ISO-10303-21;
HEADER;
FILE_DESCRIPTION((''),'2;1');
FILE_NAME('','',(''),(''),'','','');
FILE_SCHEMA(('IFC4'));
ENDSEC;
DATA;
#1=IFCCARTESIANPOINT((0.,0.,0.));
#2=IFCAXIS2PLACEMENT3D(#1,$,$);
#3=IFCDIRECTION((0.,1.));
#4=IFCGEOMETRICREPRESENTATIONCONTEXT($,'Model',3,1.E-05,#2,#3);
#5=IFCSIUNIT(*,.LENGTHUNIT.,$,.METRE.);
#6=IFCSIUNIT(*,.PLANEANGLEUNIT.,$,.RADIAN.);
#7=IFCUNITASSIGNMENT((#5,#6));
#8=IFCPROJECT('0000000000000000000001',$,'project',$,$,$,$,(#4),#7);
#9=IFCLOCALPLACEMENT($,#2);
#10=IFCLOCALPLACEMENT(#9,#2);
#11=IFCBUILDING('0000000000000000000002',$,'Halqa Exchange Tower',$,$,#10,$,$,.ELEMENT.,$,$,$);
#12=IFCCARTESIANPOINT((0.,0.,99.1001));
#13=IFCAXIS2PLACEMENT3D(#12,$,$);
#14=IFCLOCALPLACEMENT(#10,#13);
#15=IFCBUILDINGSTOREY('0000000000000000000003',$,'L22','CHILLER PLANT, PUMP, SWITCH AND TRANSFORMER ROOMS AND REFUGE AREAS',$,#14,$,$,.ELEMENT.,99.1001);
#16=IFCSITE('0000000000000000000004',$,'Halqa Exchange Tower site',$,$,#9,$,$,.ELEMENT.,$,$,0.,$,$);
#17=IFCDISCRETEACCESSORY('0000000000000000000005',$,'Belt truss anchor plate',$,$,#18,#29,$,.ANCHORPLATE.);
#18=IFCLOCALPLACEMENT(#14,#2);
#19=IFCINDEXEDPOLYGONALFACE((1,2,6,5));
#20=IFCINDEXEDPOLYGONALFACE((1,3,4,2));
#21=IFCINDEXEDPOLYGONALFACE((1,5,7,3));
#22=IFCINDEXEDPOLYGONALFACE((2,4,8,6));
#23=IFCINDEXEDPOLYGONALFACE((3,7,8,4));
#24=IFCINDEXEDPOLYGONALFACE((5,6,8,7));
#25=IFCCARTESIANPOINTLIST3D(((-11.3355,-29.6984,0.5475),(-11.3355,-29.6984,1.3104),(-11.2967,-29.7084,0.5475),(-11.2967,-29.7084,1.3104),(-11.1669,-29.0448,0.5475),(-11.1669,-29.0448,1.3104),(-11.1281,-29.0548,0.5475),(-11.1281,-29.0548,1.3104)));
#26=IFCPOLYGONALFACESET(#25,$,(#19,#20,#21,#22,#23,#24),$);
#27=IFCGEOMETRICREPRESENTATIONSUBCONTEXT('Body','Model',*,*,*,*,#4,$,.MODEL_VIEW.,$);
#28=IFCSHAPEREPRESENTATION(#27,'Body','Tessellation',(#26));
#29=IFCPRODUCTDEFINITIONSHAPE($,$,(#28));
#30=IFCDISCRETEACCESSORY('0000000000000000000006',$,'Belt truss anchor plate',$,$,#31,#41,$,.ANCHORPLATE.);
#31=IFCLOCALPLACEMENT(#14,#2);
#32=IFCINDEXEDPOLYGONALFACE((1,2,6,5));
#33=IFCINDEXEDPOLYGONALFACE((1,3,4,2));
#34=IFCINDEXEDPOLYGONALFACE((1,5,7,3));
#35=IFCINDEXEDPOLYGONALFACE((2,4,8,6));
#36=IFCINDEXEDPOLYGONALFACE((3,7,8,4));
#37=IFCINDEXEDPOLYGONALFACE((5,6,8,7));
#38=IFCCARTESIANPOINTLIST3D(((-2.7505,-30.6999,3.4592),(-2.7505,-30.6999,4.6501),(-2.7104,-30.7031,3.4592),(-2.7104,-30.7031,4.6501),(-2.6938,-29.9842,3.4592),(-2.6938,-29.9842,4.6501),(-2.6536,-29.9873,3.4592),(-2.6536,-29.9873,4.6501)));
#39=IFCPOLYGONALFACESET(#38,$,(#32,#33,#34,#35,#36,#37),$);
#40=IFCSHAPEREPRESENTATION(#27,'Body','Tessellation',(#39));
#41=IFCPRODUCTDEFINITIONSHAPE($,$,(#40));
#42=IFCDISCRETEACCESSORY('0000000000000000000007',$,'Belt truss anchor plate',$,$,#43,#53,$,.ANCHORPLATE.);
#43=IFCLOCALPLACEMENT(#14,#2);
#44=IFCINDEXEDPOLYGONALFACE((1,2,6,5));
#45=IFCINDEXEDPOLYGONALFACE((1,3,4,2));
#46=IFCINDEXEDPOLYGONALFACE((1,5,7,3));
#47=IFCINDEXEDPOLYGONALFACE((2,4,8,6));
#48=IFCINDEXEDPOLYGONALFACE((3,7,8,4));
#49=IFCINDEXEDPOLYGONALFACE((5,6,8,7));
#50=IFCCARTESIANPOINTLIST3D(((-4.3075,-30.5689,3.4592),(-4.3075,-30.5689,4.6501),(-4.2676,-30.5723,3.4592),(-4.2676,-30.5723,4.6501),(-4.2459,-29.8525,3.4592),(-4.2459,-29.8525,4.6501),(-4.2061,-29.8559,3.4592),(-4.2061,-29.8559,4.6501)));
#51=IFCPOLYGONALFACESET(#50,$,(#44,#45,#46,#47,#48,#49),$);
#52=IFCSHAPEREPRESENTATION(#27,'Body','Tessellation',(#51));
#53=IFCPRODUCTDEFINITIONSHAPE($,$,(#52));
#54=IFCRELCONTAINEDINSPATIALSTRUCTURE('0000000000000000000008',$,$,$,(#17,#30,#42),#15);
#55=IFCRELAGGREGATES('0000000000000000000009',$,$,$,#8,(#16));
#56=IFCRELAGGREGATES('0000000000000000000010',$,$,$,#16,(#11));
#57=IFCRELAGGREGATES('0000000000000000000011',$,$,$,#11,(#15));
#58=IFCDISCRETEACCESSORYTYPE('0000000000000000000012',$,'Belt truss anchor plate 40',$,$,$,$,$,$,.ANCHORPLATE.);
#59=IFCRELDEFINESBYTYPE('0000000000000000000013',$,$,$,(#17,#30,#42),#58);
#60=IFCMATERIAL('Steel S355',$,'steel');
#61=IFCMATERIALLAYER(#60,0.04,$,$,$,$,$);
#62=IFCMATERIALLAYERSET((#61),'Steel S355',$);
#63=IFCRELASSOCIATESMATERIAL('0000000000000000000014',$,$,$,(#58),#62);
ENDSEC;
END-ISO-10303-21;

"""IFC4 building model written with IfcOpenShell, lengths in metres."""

from ifc_helpers import new_model, si_unit, direction, frame, origin, origin_2d, place, context, subcontext, project, spatial, rectangle, extrude, material, layer, layer_set, type_object, element, save


model = new_model("IFC4")

# Units and contexts
model_context = context("Model", 3, precision=1e-05, world=origin(), true_north=direction((0.0, 1.0)))
body_context = subcontext(model_context, "Body", "Model", "MODEL_VIEW")
ifc_project = project(units=[si_unit("LENGTHUNIT", "METRE"), si_unit("PLANEANGLEUNIT", "RADIAN")], contexts=[model_context])

# Site, building, storey
site_placement = place(None, origin())
site = spatial("IfcSite", under=ifc_project, at=site_placement, Name="Halqa Exchange Tower site", CompositionType="ELEMENT", RefElevation=0.0)
building_placement = place(site_placement, origin())
building = spatial("IfcBuilding", under=site, at=building_placement, Name="Halqa Exchange Tower", CompositionType="ELEMENT")
storey_placement = place(building_placement, frame((0.0, 0.0, 99.1001)))
storey = spatial("IfcBuildingStorey", under=building, at=storey_placement, Name="L22", Description="CHILLER PLANT, PUMP, SWITCH AND TRANSFORMER ROOMS AND REFUGE AREAS", CompositionType="ELEMENT", Elevation=99.1001)

# Shared definitions
ifc_material_1 = material(Name="Steel S355", Category="steel")

# Discrete accessories
ifc_layer = layer(ifc_material_1, 0.04)
ifc_layer_set = layer_set([ifc_layer], Name="Steel S355")
discrete_accessory_type = type_object("IfcDiscreteAccessoryType", Name="Belt truss anchor plate 40", PredefinedType="ANCHORPLATE", material=ifc_layer_set)
discrete_accessory_1_placement = place(storey_placement, frame((-11.2124, -29.3816, 0.929), z_axis=(-0.968325, 0.249694, 0.0), x_axis=(-0.249694, -0.968325, 0.0)))
element("IfcDiscreteAccessory", 1, at=discrete_accessory_1_placement, inside=storey, type_object=discrete_accessory_type, Name="Belt truss anchor plate", PredefinedType="ANCHORPLATE", context=body_context, shape_type="SweptSolid", body=[
    extrude(rectangle(XDim=0.675, YDim=0.7629, at=origin_2d()), origin(), (0.0, 0.0, 1.0), 0.04),
])
discrete_accessory_2_placement = place(storey_placement, frame((-2.7222, -30.342, 4.0547), z_axis=(0.996873, -0.07902, 0.0), x_axis=(0.07902, 0.996873, 0.0)))
element("IfcDiscreteAccessory", 2, at=discrete_accessory_2_placement, inside=storey, type_object=discrete_accessory_type, Name="Belt truss anchor plate", PredefinedType="ANCHORPLATE", context=body_context, shape_type="SweptSolid", body=[
    extrude(rectangle(XDim=0.718, YDim=1.1909, at=origin_2d()), origin(), (0.0, 0.0, 1.0), 0.0403),
])
discrete_accessory_3_placement = place(storey_placement, frame((-4.2368, -30.2141, 4.0547), z_axis=(-0.996332, 0.085575, 0.0), x_axis=(-0.085575, -0.996332, 0.0)))
element("IfcDiscreteAccessory", 3, at=discrete_accessory_3_placement, inside=storey, type_object=discrete_accessory_type, Name="Belt truss anchor plate", PredefinedType="ANCHORPLATE", context=body_context, shape_type="SweptSolid", body=[
    extrude(rectangle(XDim=0.719, YDim=1.1909, at=origin_2d()), origin(), (0.0, 0.0, 1.0), 0.04),
])

save(model, "model.ifc")
